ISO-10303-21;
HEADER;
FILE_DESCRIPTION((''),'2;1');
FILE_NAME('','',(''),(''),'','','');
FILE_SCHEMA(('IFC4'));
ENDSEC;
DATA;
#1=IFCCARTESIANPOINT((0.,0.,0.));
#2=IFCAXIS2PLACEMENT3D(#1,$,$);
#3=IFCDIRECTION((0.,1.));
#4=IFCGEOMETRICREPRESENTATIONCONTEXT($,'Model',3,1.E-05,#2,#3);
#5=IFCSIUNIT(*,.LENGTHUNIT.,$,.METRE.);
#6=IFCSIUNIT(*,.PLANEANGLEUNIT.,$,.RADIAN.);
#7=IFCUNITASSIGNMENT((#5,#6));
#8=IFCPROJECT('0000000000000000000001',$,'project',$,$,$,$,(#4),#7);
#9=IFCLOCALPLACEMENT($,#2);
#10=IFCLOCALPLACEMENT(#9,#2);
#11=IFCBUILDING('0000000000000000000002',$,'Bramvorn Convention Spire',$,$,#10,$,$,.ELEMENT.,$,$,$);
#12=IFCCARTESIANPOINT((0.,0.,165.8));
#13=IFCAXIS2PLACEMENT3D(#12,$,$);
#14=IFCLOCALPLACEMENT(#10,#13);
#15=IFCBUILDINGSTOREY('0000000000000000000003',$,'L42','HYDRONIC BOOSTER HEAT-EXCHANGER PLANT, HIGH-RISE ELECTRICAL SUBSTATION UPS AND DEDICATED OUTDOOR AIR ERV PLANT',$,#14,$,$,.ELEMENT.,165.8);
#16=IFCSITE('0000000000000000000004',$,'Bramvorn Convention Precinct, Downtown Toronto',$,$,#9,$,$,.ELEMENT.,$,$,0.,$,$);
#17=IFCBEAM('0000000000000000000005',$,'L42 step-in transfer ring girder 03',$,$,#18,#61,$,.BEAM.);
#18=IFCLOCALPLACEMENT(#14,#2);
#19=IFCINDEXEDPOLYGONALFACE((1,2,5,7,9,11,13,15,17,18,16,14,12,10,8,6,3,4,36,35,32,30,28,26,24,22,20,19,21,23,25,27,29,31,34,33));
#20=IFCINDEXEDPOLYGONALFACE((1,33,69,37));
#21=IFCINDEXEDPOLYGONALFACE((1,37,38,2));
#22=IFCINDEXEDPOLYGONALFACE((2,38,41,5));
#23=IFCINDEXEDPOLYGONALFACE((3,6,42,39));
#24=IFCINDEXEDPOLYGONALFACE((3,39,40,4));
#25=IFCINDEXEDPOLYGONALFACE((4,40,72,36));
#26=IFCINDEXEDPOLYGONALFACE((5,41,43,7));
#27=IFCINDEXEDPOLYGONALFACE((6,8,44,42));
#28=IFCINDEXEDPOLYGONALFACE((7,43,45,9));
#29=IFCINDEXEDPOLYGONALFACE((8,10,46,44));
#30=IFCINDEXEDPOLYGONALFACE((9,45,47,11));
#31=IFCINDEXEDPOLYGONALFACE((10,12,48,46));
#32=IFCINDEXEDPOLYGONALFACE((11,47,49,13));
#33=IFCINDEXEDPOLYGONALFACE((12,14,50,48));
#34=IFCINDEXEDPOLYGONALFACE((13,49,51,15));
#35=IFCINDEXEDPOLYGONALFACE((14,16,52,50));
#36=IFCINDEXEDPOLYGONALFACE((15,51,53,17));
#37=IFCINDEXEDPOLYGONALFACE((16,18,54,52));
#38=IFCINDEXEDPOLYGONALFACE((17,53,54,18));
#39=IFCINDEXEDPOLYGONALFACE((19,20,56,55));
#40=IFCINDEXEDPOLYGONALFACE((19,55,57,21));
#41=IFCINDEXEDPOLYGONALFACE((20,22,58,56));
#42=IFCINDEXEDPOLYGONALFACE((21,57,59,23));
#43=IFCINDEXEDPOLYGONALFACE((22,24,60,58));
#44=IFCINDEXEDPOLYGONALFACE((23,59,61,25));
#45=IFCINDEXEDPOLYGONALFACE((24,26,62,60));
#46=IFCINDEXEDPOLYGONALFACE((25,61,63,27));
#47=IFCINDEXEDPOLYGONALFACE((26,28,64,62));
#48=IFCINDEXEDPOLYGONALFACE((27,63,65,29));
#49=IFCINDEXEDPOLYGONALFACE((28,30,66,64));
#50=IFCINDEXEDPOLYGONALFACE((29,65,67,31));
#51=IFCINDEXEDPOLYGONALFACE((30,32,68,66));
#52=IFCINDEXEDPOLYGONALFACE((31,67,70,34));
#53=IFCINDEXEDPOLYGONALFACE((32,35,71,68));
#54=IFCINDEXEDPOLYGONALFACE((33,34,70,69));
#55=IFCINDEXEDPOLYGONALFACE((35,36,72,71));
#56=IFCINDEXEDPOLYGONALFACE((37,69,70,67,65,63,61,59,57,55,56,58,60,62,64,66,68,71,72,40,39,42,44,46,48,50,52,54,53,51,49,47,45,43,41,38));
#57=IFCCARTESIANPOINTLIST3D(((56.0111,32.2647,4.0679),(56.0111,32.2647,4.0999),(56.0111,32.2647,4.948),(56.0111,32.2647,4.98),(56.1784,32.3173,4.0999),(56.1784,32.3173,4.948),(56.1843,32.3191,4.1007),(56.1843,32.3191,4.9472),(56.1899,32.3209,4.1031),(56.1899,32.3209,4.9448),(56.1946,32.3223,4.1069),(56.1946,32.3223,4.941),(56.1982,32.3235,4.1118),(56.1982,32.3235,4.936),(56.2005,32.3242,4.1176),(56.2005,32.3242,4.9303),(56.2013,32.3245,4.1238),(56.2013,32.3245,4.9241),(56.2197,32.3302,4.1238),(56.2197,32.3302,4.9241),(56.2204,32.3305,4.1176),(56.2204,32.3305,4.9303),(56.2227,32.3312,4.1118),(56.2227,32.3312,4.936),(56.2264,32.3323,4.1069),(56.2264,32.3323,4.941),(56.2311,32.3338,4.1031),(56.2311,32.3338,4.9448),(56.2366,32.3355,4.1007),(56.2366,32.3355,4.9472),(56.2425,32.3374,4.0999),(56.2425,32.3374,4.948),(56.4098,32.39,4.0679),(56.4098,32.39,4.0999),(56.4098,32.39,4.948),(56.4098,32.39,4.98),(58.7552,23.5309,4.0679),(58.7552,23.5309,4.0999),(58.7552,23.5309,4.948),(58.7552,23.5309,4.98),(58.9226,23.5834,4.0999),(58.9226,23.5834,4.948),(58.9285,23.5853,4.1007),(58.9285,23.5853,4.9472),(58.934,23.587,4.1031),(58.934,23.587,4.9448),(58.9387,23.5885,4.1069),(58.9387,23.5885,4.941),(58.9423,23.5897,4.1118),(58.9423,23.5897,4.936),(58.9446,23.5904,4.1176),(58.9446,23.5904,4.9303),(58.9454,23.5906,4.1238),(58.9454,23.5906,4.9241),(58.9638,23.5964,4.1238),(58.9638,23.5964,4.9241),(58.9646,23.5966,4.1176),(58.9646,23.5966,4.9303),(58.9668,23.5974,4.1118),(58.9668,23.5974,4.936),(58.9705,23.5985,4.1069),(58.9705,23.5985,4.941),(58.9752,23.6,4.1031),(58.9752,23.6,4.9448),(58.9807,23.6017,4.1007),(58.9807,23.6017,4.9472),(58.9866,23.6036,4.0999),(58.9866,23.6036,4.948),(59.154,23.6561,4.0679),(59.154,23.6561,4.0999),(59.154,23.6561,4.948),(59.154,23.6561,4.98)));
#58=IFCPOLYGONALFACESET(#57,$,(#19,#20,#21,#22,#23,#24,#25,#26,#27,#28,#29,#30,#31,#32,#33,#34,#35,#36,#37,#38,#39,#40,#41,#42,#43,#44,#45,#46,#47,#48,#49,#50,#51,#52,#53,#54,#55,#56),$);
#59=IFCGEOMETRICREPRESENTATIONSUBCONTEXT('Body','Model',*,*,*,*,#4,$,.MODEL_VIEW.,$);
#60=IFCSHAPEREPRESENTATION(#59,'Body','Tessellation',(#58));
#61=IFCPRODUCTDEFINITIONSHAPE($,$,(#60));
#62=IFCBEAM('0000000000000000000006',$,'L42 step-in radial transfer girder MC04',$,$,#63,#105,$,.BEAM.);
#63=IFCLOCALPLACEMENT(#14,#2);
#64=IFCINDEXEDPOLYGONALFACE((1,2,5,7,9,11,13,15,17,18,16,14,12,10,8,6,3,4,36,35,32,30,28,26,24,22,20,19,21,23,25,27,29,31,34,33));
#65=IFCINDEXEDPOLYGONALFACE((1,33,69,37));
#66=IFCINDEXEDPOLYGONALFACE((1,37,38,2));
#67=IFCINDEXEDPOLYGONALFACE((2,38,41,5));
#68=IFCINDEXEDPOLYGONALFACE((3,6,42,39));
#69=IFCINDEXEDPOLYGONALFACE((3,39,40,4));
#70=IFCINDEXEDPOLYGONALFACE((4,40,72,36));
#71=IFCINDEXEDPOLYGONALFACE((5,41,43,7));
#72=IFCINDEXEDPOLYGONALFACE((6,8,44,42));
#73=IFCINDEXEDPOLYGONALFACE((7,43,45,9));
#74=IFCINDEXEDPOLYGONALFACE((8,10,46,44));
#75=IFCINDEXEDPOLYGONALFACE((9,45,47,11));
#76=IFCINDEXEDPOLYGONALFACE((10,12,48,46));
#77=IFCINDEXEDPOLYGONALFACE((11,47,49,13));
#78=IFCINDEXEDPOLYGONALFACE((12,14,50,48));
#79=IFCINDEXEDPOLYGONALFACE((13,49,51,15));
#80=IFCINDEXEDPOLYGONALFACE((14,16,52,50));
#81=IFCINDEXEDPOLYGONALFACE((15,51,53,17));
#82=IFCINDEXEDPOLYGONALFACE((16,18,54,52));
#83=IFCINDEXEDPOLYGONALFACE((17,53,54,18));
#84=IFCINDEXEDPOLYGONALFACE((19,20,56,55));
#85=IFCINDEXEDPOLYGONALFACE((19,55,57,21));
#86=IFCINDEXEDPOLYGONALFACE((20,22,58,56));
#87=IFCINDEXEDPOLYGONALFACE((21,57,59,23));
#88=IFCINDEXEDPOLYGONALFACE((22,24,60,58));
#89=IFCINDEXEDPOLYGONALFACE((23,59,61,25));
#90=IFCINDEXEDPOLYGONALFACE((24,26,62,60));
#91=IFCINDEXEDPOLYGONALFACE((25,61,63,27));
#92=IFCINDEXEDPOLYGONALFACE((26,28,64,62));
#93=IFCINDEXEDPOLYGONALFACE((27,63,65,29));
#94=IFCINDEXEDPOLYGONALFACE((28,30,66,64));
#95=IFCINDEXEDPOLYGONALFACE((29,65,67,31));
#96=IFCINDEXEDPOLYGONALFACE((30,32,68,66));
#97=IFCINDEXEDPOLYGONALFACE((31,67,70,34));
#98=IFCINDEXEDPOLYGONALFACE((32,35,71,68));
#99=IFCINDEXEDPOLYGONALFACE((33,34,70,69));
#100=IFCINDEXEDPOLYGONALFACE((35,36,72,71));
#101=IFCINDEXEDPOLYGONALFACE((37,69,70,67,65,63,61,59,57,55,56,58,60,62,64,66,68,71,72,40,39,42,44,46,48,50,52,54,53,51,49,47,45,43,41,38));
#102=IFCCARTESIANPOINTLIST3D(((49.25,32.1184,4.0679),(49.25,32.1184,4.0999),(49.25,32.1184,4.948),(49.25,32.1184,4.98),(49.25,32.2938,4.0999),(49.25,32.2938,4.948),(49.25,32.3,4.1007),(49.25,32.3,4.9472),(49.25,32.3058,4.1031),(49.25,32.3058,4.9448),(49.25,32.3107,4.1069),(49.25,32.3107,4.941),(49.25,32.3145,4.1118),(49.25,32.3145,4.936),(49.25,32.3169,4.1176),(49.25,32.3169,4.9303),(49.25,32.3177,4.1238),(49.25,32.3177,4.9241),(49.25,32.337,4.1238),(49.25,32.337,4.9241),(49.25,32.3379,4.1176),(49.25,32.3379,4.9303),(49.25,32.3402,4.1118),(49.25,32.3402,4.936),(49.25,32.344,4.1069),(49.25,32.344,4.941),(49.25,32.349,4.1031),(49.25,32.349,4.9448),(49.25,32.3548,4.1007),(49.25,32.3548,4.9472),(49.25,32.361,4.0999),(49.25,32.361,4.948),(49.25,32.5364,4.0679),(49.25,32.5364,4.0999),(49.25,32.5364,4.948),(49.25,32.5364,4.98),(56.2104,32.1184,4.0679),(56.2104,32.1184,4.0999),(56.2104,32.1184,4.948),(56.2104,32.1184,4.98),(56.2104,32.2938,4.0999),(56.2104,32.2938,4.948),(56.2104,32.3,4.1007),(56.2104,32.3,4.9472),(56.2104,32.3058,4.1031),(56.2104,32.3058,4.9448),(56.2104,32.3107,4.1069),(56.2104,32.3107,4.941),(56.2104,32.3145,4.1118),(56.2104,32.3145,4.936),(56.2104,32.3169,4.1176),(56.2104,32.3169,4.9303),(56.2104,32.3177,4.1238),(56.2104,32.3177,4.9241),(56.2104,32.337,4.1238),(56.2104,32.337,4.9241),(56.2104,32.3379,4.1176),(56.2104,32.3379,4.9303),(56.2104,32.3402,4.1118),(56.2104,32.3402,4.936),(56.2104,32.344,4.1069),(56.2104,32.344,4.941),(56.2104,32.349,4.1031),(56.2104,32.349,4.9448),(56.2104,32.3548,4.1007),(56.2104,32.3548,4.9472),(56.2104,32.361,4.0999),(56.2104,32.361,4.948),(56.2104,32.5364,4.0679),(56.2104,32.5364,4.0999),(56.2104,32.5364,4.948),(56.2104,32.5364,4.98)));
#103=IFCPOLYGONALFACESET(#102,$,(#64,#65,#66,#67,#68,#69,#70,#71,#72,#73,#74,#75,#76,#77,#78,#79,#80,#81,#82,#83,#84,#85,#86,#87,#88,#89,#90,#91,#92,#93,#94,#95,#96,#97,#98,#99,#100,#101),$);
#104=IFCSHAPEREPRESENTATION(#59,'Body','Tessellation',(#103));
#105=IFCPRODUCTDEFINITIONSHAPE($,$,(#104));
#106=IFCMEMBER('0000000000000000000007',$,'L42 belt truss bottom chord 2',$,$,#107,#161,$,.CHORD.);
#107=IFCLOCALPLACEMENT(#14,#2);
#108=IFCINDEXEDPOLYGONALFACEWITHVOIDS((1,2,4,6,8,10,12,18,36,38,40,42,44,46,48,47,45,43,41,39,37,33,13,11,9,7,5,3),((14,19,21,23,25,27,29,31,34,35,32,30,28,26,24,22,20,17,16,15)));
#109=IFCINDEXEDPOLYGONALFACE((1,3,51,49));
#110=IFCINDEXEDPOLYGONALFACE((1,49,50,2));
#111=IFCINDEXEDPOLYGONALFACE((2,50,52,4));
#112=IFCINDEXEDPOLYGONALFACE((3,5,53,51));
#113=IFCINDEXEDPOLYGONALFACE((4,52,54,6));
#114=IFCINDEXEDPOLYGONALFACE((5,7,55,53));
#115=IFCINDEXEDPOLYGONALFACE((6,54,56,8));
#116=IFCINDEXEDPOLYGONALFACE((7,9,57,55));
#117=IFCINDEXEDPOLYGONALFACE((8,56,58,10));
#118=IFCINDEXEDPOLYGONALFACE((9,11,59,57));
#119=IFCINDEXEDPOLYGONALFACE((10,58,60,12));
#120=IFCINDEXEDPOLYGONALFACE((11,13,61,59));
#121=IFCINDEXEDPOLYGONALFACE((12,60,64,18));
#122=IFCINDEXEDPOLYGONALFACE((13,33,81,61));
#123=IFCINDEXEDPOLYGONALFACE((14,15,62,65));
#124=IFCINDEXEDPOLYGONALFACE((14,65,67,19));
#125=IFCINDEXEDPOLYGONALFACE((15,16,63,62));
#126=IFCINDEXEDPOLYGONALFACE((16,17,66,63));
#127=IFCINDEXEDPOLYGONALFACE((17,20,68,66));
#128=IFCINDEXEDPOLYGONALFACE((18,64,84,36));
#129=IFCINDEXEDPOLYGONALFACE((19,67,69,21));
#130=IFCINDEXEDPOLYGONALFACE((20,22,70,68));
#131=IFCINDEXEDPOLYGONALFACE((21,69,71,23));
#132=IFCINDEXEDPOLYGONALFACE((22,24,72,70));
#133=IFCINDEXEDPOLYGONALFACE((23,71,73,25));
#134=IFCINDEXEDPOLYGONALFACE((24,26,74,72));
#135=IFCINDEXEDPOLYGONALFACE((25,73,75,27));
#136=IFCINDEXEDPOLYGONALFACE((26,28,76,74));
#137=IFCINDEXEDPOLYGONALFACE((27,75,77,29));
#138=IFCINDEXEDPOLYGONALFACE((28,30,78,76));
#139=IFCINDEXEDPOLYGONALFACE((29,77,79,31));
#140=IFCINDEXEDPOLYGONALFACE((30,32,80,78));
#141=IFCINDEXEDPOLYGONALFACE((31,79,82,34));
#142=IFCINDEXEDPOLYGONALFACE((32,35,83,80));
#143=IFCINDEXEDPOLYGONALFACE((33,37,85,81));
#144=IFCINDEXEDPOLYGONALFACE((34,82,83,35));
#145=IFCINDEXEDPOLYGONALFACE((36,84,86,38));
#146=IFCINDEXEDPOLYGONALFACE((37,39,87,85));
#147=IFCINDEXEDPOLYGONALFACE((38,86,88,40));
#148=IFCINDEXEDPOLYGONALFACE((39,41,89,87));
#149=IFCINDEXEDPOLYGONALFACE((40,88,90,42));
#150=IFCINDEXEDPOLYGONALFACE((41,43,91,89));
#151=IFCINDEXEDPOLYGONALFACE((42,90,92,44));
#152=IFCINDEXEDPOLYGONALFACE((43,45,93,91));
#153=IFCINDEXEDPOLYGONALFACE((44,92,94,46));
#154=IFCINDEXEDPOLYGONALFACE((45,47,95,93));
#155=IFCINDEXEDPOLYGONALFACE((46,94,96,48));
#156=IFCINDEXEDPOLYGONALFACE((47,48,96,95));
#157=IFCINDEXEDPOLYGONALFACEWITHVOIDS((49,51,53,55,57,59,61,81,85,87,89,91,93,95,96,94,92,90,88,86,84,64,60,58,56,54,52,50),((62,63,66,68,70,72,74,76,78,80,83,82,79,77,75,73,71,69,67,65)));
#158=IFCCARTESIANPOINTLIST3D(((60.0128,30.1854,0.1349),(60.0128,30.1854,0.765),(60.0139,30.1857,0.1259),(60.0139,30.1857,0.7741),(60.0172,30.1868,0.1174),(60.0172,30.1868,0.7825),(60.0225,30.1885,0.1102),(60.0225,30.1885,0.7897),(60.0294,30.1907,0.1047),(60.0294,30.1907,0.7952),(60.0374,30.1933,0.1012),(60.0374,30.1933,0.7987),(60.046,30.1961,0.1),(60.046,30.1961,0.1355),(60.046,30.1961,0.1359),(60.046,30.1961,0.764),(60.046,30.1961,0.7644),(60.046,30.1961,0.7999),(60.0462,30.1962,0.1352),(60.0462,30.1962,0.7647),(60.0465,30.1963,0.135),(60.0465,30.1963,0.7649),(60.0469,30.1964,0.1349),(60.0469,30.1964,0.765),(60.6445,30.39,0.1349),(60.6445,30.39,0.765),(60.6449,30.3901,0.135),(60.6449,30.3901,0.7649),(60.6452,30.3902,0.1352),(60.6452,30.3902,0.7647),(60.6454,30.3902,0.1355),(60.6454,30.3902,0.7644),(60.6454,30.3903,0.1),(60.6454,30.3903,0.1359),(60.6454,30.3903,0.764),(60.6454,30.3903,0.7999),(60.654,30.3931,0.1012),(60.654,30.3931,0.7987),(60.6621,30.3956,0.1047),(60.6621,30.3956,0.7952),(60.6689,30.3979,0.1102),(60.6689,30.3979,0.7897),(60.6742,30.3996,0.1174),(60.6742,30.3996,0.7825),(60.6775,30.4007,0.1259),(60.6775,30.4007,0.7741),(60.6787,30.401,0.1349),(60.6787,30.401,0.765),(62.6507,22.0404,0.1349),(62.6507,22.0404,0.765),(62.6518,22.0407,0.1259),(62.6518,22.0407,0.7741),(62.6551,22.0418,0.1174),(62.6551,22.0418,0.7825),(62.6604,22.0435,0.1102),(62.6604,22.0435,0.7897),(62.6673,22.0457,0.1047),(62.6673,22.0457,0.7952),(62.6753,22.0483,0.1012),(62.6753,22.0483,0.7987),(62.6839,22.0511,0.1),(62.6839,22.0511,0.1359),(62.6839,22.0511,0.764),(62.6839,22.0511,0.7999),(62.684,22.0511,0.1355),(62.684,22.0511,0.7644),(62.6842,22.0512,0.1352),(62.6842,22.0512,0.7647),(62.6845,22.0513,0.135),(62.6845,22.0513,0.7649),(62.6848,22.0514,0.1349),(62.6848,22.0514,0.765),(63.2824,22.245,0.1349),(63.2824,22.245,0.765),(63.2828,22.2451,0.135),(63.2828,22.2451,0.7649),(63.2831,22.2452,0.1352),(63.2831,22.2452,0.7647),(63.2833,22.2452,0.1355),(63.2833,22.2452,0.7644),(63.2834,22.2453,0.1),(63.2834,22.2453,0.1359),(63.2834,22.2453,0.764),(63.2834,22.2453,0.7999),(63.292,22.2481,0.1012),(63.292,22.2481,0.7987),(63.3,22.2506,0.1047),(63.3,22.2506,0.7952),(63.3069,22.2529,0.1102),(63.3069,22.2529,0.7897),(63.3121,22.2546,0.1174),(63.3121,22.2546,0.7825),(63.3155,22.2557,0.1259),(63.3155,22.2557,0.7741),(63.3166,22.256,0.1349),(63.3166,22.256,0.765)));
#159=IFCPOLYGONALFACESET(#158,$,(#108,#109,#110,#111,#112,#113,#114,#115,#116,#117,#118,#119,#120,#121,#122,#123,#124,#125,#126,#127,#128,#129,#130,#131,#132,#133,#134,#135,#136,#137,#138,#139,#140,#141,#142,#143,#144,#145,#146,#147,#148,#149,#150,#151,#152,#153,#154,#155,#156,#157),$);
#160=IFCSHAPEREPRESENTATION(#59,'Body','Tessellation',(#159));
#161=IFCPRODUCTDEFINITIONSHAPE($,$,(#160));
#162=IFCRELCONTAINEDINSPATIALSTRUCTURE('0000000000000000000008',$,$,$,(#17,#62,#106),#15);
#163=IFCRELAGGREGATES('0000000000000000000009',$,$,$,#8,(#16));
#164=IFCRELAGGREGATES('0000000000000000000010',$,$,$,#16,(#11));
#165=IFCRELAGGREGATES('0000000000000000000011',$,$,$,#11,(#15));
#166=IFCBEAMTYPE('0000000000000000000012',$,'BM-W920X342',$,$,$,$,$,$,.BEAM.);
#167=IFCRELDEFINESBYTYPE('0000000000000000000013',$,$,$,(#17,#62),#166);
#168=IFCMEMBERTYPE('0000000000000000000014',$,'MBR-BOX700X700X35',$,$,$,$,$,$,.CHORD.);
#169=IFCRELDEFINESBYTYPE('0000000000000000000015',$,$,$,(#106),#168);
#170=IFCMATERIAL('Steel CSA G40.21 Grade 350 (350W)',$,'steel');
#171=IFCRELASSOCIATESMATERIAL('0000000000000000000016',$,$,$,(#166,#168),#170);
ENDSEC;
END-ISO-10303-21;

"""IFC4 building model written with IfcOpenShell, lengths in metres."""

from ifc_helpers import new_model, si_unit, direction, frame, origin, origin_2d, place, context, subcontext, project, spatial, hollow_rectangle, i_section, extrude, material, material_profile, profile_set, type_object, element, save


model = new_model("IFC4")

# Units and contexts
model_context = context("Model", 3, precision=1e-05, world=origin(), true_north=direction((0.0, 1.0)))
body_context = subcontext(model_context, "Body", "Model", "MODEL_VIEW")
ifc_project = project(units=[si_unit("LENGTHUNIT", "METRE"), si_unit("PLANEANGLEUNIT", "RADIAN")], contexts=[model_context])

# Site, building, storey
site_placement = place(None, origin())
site = spatial("IfcSite", under=ifc_project, at=site_placement, Name="Bramvorn Convention Precinct, Downtown Toronto", CompositionType="ELEMENT", RefElevation=0.0)
building_placement = place(site_placement, origin())
building = spatial("IfcBuilding", under=site, at=building_placement, Name="Bramvorn Convention Spire", CompositionType="ELEMENT")
storey_placement = place(building_placement, frame((0.0, 0.0, 165.8)))
storey = spatial("IfcBuildingStorey", under=building, at=storey_placement, Name="L42", Description="HYDRONIC BOOSTER HEAT-EXCHANGER PLANT, HIGH-RISE ELECTRICAL SUBSTATION UPS AND DEDICATED OUTDOOR AIR ERV PLANT", CompositionType="ELEMENT", Elevation=165.8)

# Shared definitions
ifc_material_1 = material(Name="Steel CSA G40.21 Grade 350 (350W)", Category="steel")

# Beams
ifc_material_profile_1 = material_profile(ifc_material_1, i_section(OverallWidth=0.418, OverallDepth=0.9121, WebThickness=0.0193, FlangeThickness=0.032, FilletRadius=0.0239, at=origin_2d()))
ifc_profile_set_1 = profile_set([ifc_material_profile_1], Name="Steel CSA G40.21 Grade 350 (350W) - W920X342")
beam_type = type_object("IfcBeamType", Name="BM-W920X342", PredefinedType="BEAM", material=ifc_profile_set_1)
beam_1_placement = place(storey_placement, frame((58.9546, 23.5935, 4.5239), z_axis=(-0.299748, 0.954019, 0.0), x_axis=(-0.954019, -0.299748, 0.0)))
element("IfcBeam", 1, at=beam_1_placement, inside=storey, type_object=beam_type, Name="L42 step-in transfer ring girder 03", PredefinedType="BEAM", context=body_context, shape_type="SweptSolid", body=[
    extrude(i_section(OverallWidth=0.418, OverallDepth=0.9121, WebThickness=0.0193, FlangeThickness=0.032, FilletRadius=0.0239, at=origin_2d()), origin(), (0.0, 0.0, 1.0), 9.1548),
])
beam_2_placement = place(storey_placement, frame((49.25, 32.3274, 4.5239), z_axis=(1.0, 0.0, 0.0), x_axis=(0.0, 1.0, 0.0)))
element("IfcBeam", 2, at=beam_2_placement, inside=storey, type_object=beam_type, Name="L42 step-in radial transfer girder MC04", PredefinedType="BEAM", context=body_context, shape_type="SweptSolid", body=[
    extrude(i_section(OverallWidth=0.418, OverallDepth=0.9121, WebThickness=0.0193, FlangeThickness=0.032, FilletRadius=0.0239, at=origin_2d()), origin(), (0.0, 0.0, 1.0), 6.9604),
])

# Member
ifc_material_profile_2 = material_profile(ifc_material_1, hollow_rectangle(XDim=0.7, YDim=0.7, WallThickness=0.0349, InnerFilletRadius=0.001, OuterFilletRadius=0.0349, at=origin_2d()))
ifc_profile_set_2 = profile_set([ifc_material_profile_2], Name="Steel CSA G40.21 Grade 350 (350W) - BOX700X700X35")
member_type_1 = type_object("IfcMemberType", Name="MBR-BOX700X700X35", PredefinedType="CHORD", material=ifc_profile_set_2)
member_1_placement = place(storey_placement, frame((62.9836, 22.1482, 0.45), z_axis=(-0.308115, 0.951349, 0.0), x_axis=(-0.951349, -0.308115, 0.0)))
element("IfcMember", 3, at=member_1_placement, inside=storey, type_object=member_type_1, Name="L42 belt truss bottom chord 2", PredefinedType="CHORD", context=body_context, shape_type="SweptSolid", body=[
    extrude(hollow_rectangle(XDim=0.7, YDim=0.7, WallThickness=0.0349, InnerFilletRadius=0.001, OuterFilletRadius=0.0349, at=origin_2d()), origin(), (0.0, 0.0, 1.0), 8.5615),
])

save(model, "model.ifc")
